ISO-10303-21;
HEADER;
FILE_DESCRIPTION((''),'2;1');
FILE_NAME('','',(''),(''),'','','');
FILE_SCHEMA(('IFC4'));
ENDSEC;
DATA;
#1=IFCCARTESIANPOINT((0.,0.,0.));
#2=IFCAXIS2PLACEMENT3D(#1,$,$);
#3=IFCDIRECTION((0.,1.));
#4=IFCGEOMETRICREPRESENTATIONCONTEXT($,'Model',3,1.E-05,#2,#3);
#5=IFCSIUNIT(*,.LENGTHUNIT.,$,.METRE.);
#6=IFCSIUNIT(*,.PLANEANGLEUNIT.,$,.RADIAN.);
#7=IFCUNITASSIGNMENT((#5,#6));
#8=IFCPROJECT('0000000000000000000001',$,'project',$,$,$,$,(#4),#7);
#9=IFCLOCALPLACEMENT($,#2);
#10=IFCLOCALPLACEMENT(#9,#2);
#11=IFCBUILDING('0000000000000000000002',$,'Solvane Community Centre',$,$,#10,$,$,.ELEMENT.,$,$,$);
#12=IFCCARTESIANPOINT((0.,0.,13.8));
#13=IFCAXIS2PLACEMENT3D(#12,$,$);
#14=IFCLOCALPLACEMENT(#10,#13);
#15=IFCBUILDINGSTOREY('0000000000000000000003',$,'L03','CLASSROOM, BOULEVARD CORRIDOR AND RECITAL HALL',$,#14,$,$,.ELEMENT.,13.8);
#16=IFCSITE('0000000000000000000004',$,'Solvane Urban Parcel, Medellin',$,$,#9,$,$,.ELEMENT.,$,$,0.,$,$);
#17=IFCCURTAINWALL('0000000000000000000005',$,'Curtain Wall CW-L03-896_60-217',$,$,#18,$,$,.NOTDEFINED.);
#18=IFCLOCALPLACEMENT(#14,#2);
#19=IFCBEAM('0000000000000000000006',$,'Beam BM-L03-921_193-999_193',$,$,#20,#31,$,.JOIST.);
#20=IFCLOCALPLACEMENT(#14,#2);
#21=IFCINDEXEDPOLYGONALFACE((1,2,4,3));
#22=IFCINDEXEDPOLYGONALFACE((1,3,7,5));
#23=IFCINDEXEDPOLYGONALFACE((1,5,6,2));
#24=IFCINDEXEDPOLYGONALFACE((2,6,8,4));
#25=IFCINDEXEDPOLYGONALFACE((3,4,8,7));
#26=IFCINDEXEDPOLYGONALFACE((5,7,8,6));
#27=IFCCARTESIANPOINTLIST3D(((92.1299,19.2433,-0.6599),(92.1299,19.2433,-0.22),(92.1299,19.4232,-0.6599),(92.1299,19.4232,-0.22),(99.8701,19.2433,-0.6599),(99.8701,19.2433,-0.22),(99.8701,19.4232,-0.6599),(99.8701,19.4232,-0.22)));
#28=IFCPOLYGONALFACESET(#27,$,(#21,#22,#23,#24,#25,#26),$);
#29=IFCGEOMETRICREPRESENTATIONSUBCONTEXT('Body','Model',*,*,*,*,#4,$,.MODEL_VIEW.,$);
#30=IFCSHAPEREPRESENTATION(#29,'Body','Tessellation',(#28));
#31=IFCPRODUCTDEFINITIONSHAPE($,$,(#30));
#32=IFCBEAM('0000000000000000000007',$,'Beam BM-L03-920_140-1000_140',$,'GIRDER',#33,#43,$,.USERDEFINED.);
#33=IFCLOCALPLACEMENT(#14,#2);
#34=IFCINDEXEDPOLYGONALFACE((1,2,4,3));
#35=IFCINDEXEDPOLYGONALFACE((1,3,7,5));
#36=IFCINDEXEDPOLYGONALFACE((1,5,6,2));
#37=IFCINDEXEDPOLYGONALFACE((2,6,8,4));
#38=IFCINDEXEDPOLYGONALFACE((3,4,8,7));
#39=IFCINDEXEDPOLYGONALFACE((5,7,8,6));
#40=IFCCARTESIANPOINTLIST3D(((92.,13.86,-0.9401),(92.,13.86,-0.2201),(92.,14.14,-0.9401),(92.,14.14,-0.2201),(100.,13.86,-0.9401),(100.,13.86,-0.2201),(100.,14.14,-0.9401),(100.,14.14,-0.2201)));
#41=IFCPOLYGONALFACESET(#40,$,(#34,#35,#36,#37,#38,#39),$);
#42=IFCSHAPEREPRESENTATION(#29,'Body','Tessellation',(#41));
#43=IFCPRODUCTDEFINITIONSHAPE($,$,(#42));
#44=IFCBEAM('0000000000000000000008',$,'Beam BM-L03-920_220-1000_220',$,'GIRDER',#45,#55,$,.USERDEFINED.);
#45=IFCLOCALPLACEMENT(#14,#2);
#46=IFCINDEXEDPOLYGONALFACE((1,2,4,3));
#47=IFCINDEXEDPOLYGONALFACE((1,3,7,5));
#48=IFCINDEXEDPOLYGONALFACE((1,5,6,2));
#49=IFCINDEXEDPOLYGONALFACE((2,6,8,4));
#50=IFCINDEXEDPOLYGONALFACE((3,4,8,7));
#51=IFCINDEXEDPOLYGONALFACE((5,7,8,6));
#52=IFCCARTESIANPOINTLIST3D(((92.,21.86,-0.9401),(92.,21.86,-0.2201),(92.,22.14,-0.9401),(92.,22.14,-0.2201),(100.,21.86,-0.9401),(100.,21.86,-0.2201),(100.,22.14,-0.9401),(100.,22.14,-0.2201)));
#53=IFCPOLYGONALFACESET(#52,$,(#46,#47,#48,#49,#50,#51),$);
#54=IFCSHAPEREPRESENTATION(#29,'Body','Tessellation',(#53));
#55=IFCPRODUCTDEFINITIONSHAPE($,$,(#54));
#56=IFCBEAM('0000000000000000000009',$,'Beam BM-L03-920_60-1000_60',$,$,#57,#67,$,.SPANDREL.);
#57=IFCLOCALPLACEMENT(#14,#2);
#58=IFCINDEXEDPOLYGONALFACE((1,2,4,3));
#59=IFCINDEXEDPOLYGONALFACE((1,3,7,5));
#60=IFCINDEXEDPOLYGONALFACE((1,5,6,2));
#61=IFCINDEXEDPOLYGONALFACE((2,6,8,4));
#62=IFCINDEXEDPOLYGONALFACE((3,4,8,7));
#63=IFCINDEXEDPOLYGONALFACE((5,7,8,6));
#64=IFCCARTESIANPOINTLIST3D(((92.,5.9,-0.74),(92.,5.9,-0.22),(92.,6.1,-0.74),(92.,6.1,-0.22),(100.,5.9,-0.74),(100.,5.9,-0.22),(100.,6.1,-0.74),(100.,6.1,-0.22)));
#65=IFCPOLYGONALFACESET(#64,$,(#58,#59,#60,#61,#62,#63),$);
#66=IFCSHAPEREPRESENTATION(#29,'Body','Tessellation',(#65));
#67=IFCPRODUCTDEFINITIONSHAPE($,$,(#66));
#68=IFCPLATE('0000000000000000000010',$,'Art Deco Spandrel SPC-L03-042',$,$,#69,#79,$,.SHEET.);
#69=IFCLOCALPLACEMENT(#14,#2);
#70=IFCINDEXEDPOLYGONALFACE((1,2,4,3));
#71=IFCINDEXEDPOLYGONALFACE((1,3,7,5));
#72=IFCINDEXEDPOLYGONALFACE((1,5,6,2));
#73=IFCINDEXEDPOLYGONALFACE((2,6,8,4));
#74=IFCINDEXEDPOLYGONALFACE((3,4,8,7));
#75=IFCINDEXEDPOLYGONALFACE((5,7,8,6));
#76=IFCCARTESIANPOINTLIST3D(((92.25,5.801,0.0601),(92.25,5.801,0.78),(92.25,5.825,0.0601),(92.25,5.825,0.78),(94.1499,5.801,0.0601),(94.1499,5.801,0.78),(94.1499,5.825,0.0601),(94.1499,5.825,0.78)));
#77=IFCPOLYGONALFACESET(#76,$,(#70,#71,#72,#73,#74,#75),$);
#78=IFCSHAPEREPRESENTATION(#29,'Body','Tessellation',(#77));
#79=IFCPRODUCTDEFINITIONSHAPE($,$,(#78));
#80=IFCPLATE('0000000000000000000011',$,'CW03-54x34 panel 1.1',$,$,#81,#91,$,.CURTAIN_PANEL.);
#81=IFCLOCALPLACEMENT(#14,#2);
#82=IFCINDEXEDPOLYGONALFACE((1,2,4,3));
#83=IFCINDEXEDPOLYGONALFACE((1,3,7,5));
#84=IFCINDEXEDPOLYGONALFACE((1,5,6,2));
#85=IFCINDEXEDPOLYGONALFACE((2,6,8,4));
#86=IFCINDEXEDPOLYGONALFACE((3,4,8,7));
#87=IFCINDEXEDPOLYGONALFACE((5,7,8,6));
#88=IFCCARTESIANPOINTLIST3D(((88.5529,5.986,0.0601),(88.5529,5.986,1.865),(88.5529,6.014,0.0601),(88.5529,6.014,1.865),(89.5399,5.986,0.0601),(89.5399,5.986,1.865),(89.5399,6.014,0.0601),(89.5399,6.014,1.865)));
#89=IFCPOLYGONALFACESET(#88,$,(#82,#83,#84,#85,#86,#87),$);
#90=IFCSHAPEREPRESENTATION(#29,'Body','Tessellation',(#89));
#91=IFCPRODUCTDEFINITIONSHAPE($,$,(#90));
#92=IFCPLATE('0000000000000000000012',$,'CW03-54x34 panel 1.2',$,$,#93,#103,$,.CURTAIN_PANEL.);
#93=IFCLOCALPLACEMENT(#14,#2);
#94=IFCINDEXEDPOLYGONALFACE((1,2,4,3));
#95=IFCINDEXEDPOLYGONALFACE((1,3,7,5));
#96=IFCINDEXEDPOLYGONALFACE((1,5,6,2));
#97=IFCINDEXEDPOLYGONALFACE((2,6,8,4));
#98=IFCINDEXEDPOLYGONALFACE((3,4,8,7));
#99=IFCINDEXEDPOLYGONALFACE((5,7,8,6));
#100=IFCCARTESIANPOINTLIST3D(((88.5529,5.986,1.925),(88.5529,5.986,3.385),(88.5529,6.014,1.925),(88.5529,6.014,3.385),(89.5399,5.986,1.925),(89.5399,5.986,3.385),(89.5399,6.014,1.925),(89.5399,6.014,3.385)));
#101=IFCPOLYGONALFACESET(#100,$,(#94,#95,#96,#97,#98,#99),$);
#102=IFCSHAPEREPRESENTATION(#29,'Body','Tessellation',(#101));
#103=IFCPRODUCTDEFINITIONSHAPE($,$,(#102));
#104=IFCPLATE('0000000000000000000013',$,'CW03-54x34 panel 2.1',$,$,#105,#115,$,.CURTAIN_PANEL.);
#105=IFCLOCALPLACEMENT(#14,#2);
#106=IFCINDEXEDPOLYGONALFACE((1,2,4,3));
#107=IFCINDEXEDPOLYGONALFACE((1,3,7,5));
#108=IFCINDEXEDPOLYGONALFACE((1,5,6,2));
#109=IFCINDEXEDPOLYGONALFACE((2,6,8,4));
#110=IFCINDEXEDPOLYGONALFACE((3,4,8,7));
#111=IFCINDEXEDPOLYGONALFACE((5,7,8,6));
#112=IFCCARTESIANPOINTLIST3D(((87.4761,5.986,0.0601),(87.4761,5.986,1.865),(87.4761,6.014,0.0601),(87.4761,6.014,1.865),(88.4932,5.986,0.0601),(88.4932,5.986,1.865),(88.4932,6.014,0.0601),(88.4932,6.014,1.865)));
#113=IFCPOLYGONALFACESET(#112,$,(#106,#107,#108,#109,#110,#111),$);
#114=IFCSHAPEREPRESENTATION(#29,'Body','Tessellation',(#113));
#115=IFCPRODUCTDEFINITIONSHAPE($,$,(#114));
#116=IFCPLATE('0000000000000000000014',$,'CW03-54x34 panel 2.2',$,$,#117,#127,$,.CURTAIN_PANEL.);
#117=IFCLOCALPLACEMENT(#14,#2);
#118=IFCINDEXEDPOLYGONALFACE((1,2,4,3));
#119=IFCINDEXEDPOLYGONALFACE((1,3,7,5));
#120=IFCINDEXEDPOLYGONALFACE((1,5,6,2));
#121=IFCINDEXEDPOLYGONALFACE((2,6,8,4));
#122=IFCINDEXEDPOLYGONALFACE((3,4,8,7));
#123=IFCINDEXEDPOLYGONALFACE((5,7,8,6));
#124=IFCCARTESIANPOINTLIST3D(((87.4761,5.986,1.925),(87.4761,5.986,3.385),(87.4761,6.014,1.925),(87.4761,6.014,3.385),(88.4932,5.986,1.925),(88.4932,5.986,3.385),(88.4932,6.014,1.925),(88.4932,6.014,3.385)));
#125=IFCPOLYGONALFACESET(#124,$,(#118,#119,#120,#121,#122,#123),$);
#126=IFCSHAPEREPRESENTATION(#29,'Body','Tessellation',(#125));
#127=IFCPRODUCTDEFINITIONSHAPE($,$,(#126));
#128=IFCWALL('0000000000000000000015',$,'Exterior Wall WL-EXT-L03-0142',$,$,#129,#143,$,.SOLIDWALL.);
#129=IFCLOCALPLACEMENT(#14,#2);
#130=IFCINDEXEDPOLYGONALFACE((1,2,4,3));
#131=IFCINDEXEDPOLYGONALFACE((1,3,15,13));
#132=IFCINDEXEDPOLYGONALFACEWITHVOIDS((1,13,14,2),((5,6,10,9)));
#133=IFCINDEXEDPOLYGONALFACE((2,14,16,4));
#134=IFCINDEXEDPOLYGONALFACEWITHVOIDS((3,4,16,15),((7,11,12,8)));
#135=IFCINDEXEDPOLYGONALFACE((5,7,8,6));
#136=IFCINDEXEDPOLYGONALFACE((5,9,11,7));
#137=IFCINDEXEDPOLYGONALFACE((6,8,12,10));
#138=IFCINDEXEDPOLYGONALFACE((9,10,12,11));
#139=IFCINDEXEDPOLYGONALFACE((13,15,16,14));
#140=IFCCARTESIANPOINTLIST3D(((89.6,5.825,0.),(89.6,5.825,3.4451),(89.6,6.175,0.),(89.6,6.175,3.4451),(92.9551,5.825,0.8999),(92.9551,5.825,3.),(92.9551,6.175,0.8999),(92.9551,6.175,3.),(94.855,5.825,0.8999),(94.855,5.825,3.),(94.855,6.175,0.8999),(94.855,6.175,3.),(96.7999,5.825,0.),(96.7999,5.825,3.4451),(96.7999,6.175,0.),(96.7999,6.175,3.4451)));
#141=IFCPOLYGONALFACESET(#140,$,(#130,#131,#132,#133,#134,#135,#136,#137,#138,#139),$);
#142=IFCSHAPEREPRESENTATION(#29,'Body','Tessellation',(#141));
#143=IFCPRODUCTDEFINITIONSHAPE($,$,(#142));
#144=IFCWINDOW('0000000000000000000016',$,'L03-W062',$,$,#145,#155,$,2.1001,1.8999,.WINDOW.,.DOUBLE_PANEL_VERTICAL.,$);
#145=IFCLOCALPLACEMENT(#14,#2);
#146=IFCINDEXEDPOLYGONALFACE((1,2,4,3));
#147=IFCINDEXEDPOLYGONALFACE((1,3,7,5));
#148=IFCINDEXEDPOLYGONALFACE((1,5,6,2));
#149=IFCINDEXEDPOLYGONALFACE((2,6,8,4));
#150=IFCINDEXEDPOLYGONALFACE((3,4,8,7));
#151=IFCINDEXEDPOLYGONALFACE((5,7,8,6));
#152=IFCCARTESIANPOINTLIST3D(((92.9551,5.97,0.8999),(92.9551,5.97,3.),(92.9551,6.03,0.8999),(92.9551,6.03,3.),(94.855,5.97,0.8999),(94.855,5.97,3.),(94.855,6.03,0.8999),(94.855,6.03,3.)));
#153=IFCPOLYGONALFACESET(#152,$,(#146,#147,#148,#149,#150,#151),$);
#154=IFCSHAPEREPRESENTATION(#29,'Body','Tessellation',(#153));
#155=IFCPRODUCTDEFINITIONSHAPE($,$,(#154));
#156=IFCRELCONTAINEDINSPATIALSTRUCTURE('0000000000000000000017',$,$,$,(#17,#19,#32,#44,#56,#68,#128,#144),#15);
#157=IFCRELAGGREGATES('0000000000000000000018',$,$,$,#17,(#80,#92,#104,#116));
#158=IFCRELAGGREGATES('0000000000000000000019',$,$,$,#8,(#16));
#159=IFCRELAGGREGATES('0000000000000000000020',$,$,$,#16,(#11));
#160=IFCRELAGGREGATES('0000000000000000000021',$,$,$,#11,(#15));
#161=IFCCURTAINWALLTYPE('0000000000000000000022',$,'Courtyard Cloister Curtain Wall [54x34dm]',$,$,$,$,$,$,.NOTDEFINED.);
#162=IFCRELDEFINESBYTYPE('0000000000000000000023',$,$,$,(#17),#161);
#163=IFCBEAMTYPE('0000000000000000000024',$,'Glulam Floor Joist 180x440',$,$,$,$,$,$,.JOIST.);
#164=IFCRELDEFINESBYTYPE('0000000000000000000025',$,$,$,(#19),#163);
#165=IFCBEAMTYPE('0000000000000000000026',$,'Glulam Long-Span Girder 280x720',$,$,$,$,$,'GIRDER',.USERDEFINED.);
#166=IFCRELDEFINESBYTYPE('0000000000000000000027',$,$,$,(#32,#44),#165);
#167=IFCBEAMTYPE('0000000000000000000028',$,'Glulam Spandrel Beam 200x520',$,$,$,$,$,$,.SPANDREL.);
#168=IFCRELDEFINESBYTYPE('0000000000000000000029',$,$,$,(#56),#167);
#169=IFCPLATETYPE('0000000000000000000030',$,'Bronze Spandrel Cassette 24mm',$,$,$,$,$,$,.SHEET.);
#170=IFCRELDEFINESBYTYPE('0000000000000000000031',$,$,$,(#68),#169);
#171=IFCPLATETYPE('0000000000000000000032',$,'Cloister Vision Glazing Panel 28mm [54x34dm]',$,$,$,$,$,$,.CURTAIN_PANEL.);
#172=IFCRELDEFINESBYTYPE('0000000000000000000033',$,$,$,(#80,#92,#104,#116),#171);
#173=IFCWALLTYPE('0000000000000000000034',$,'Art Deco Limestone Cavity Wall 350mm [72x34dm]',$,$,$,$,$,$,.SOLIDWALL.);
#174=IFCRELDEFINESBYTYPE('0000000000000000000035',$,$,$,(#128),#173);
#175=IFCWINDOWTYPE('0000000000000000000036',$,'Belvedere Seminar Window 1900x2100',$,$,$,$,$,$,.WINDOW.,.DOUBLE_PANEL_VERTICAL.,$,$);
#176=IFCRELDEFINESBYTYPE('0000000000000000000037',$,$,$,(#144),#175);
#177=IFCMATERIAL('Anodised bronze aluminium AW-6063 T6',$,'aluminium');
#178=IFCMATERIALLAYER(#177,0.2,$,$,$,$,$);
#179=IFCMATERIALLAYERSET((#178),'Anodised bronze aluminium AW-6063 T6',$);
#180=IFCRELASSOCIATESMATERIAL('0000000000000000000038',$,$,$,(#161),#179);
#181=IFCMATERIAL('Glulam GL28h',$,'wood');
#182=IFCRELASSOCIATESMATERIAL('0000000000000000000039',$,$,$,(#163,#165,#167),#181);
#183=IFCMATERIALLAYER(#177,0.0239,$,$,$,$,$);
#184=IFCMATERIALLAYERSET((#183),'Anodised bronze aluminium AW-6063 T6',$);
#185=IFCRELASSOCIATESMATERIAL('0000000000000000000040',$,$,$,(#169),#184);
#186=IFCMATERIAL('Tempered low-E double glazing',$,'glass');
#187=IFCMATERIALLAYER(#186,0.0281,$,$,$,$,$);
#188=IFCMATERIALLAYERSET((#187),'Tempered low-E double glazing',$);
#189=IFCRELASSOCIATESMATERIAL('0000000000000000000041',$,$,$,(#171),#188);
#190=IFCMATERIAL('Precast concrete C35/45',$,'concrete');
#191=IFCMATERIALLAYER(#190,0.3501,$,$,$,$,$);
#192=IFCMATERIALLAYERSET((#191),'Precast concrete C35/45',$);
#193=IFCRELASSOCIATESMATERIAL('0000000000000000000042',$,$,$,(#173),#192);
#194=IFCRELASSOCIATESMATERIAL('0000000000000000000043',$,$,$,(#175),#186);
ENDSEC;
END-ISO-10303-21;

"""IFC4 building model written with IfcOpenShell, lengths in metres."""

from ifc_helpers import new_model, si_unit, direction, frame, frame_2d, origin, origin_2d, place, context, subcontext, project, spatial, rectangle, extrude, material, layer, layer_set, material_profile, profile_set, type_object, element, fill, aggregate, save


model = new_model("IFC4")

# Units and contexts
model_context = context("Model", 3, precision=1e-05, world=origin(), true_north=direction((0.0, 1.0)))
body_context = subcontext(model_context, "Body", "Model", "MODEL_VIEW")
ifc_project = project(units=[si_unit("LENGTHUNIT", "METRE"), si_unit("PLANEANGLEUNIT", "RADIAN")], contexts=[model_context])

# Site, building, storey
site_placement = place(None, origin())
site = spatial("IfcSite", under=ifc_project, at=site_placement, Name="Solvane Urban Parcel, Medellin", CompositionType="ELEMENT", RefElevation=0.0)
building_placement = place(site_placement, origin())
building = spatial("IfcBuilding", under=site, at=building_placement, Name="Solvane Community Centre", CompositionType="ELEMENT")
storey_placement = place(building_placement, frame((0.0, 0.0, 13.8)))
storey = spatial("IfcBuildingStorey", under=building, at=storey_placement, Name="L03", Description="CLASSROOM, BOULEVARD CORRIDOR AND RECITAL HALL", CompositionType="ELEMENT", Elevation=13.8)

# Curtain wall
ifc_material_1 = material(Name="Anodised bronze aluminium AW-6063 T6", Category="aluminium")
ifc_layer_1 = layer(ifc_material_1, 0.2)
ifc_layer_set_1 = layer_set([ifc_layer_1], Name="Anodised bronze aluminium AW-6063 T6")
curtain_wall_type = type_object("IfcCurtainWallType", Name="Courtyard Cloister Curtain Wall [54x34dm]", PredefinedType="NOTDEFINED", material=ifc_layer_set_1)
curtain_wall_placement = place(storey_placement, origin())
curtain_wall = element("IfcCurtainWall", 1, at=curtain_wall_placement, inside=storey, type_object=curtain_wall_type, Name="Curtain Wall CW-L03-896_60-217", PredefinedType="NOTDEFINED")

# Beams
ifc_material_2 = material(Name="Glulam GL28h", Category="wood")
ifc_material_profile_1 = material_profile(ifc_material_2, rectangle(XDim=0.1799, YDim=0.4399, at=origin_2d()), Name="GL28h 180x440")
ifc_profile_set_1 = profile_set([ifc_material_profile_1], Name="Glulam GL28h")
beam_type_1 = type_object("IfcBeamType", Name="Glulam Floor Joist 180x440", PredefinedType="JOIST", material=ifc_profile_set_1)
for number, where, z_axis, x_axis, name in (
    (2, (92.1299, 19.3333, -0.4399), (1.0, 0.0, 0.0), (0.0, 1.0, 0.0), "Beam BM-L03-921_193-999_193"),
):
    element("IfcBeam", number, at=place(storey_placement, frame(where, z_axis=z_axis, x_axis=x_axis)), inside=storey, type_object=beam_type_1, Name=name, PredefinedType="JOIST", context=body_context, shape_type="SweptSolid", body=[
        extrude(rectangle(XDim=0.1799, YDim=0.4399, at=origin_2d()), origin(), (0.0, 0.0, 1.0), 7.7402),
    ])
ifc_material_profile_2 = material_profile(ifc_material_2, rectangle(XDim=0.28, YDim=0.72, at=origin_2d()), Name="GL28h 280x720")
ifc_profile_set_2 = profile_set([ifc_material_profile_2], Name="Glulam GL28h")
beam_type_2 = type_object("IfcBeamType", Name="Glulam Long-Span Girder 280x720", ElementType="GIRDER", PredefinedType="USERDEFINED", material=ifc_profile_set_2)
for number, where, z_axis, x_axis, name in (
    (3, (92.0, 14.0, -0.5801), (1.0, 0.0, 0.0), (0.0, 1.0, 0.0), "Beam BM-L03-920_140-1000_140"),
    (4, (92.0, 22.0, -0.5801), (1.0, 0.0, 0.0), (0.0, 1.0, 0.0), "Beam BM-L03-920_220-1000_220"),
):
    element("IfcBeam", number, at=place(storey_placement, frame(where, z_axis=z_axis, x_axis=x_axis)), inside=storey, type_object=beam_type_2, Name=name, ObjectType="GIRDER", PredefinedType="USERDEFINED", context=body_context, shape_type="SweptSolid", body=[
        extrude(rectangle(XDim=0.28, YDim=0.72, at=origin_2d()), origin(), (0.0, 0.0, 1.0), 8.0),
    ])
ifc_material_profile_3 = material_profile(ifc_material_2, rectangle(XDim=0.2, YDim=0.52, at=origin_2d()), Name="GL28h 200x520")
ifc_profile_set_3 = profile_set([ifc_material_profile_3], Name="Glulam GL28h")
beam_type_3 = type_object("IfcBeamType", Name="Glulam Spandrel Beam 200x520", PredefinedType="SPANDREL", material=ifc_profile_set_3)
beam_placement = place(storey_placement, frame((92.0, 6.0, -0.48), z_axis=(1.0, 0.0, 0.0), x_axis=(0.0, 1.0, 0.0)))
element("IfcBeam", 5, at=beam_placement, inside=storey, type_object=beam_type_3, Name="Beam BM-L03-920_60-1000_60", PredefinedType="SPANDREL", context=body_context, shape_type="SweptSolid", body=[
    extrude(rectangle(XDim=0.2, YDim=0.52, at=origin_2d()), origin(), (0.0, 0.0, 1.0), 8.0),
])

# Plates
ifc_layer_2 = layer(ifc_material_1, 0.0239)
ifc_layer_set_2 = layer_set([ifc_layer_2], Name="Anodised bronze aluminium AW-6063 T6")
plate_type_1 = type_object("IfcPlateType", Name="Bronze Spandrel Cassette 24mm", PredefinedType="SHEET", material=ifc_layer_set_2)
plate_1_placement = place(storey_placement, frame((93.2, 5.813, 0.0601), z_axis=(0.0, 0.0, 1.0), x_axis=(-1.0, 0.0, 0.0)))
element("IfcPlate", 6, at=plate_1_placement, inside=storey, type_object=plate_type_1, Name="Art Deco Spandrel SPC-L03-042", PredefinedType="SHEET", context=body_context, shape_type="SweptSolid", body=[
    extrude(rectangle(XDim=1.8999, YDim=0.0239, at=origin_2d()), origin(), (0.0, 0.0, 1.0), 0.72),
])
ifc_material_3 = material(Name="Tempered low-E double glazing", Category="glass")
ifc_layer_3 = layer(ifc_material_3, 0.0281)
ifc_layer_set_3 = layer_set([ifc_layer_3], Name="Tempered low-E double glazing")
plate_type_2 = type_object("IfcPlateType", Name="Cloister Vision Glazing Panel 28mm [54x34dm]", PredefinedType="CURTAIN_PANEL", material=ifc_layer_set_3)
plate_2_placement = place(storey_placement, frame((89.0464, 6.0, 0.0601), z_axis=(0.0, 0.0, 1.0), x_axis=(-1.0, 0.0, 0.0)))
plate_2 = element("IfcPlate", 7, at=plate_2_placement, type_object=plate_type_2, Name="CW03-54x34 panel 1.1", PredefinedType="CURTAIN_PANEL", context=body_context, shape_type="SweptSolid", body=[
    extrude(rectangle(XDim=0.9871, YDim=0.0281, at=origin_2d()), origin(), (0.0, 0.0, 1.0), 1.8049),
])
plate_3_placement = place(storey_placement, frame((89.0464, 6.0, 1.925), z_axis=(0.0, 0.0, 1.0), x_axis=(-1.0, 0.0, 0.0)))
plate_3 = element("IfcPlate", 8, at=plate_3_placement, type_object=plate_type_2, Name="CW03-54x34 panel 1.2", PredefinedType="CURTAIN_PANEL", context=body_context, shape_type="SweptSolid", body=[
    extrude(rectangle(XDim=0.9871, YDim=0.0281, at=origin_2d()), origin(), (0.0, 0.0, 1.0), 1.46),
])
plate_4_placement = place(storey_placement, frame((87.9846, 6.0, 0.0601), z_axis=(0.0, 0.0, 1.0), x_axis=(-1.0, 0.0, 0.0)))
plate_4 = element("IfcPlate", 9, at=plate_4_placement, type_object=plate_type_2, Name="CW03-54x34 panel 2.1", PredefinedType="CURTAIN_PANEL", context=body_context, shape_type="SweptSolid", body=[
    extrude(rectangle(XDim=1.0171, YDim=0.0281, at=origin_2d()), origin(), (0.0, 0.0, 1.0), 1.8049),
])
plate_5_placement = place(storey_placement, frame((87.9846, 6.0, 1.925), z_axis=(0.0, 0.0, 1.0), x_axis=(-1.0, 0.0, 0.0)))
plate_5 = element("IfcPlate", 10, at=plate_5_placement, type_object=plate_type_2, Name="CW03-54x34 panel 2.2", PredefinedType="CURTAIN_PANEL", context=body_context, shape_type="SweptSolid", body=[
    extrude(rectangle(XDim=1.0171, YDim=0.0281, at=origin_2d()), origin(), (0.0, 0.0, 1.0), 1.46),
])
aggregate(curtain_wall, [plate_2, plate_3, plate_4, plate_5])

# Wall, opening, window
ifc_material_4 = material(Name="Precast concrete C35/45", Category="concrete")
ifc_layer_4 = layer(ifc_material_4, 0.3501)
ifc_layer_set_4 = layer_set([ifc_layer_4], Name="Precast concrete C35/45")
wall_type = type_object("IfcWallType", Name="Art Deco Limestone Cavity Wall 350mm [72x34dm]", PredefinedType="SOLIDWALL", material=ifc_layer_set_4)
wall_placement = place(storey_placement, frame((96.8, 6.0, 0.0), z_axis=(0.0, 0.0, 1.0), x_axis=(-1.0, 0.0, 0.0)))
wall = element("IfcWall", 11, at=wall_placement, inside=storey, type_object=wall_type, Name="Exterior Wall WL-EXT-L03-0142", PredefinedType="SOLIDWALL", context=body_context, shape_type="SweptSolid", body=[
    extrude(rectangle(XDim=7.2, YDim=0.3501, at=frame_2d((3.6001, 0.0))), origin(), (0.0, 0.0, 1.0), 3.4451),
])
opening_placement = place(wall_placement, frame((1.9451, 0.0, 0.8999)))
opening = element("IfcOpeningElement", 12, at=opening_placement, cuts=wall, PredefinedType="OPENING", context=body_context, shape_type="SweptSolid", body=[
    extrude(rectangle(XDim=1.8999, YDim=2.1001, at=frame_2d((0.95, 1.05))), frame((0.0, 0.1851, 0.0), z_axis=(0.0, -1.0, 0.0), x_axis=(1.0, 0.0, 0.0)), (0.0, 0.0, 1.0), 0.3701),
])
window_type = type_object("IfcWindowType", Name="Belvedere Seminar Window 1900x2100", PartitioningType="DOUBLE_PANEL_VERTICAL", PredefinedType="WINDOW", material=ifc_material_3)
window_placement = place(opening_placement, origin())
window = element("IfcWindow", 13, at=window_placement, inside=storey, type_object=window_type, Name="L03-W062", OverallHeight=2.1001, OverallWidth=1.8999, PartitioningType="DOUBLE_PANEL_VERTICAL", PredefinedType="WINDOW", context=body_context, shape_type="SweptSolid", body=[
    extrude(rectangle(XDim=1.8999, YDim=2.1001, at=frame_2d((0.95, 1.05))), frame((0.0, 0.03, 0.0), z_axis=(0.0, -1.0, 0.0), x_axis=(1.0, 0.0, 0.0)), (0.0, 0.0, 1.0), 0.0601),
])
fill(opening, window)

save(model, "model.ifc")
